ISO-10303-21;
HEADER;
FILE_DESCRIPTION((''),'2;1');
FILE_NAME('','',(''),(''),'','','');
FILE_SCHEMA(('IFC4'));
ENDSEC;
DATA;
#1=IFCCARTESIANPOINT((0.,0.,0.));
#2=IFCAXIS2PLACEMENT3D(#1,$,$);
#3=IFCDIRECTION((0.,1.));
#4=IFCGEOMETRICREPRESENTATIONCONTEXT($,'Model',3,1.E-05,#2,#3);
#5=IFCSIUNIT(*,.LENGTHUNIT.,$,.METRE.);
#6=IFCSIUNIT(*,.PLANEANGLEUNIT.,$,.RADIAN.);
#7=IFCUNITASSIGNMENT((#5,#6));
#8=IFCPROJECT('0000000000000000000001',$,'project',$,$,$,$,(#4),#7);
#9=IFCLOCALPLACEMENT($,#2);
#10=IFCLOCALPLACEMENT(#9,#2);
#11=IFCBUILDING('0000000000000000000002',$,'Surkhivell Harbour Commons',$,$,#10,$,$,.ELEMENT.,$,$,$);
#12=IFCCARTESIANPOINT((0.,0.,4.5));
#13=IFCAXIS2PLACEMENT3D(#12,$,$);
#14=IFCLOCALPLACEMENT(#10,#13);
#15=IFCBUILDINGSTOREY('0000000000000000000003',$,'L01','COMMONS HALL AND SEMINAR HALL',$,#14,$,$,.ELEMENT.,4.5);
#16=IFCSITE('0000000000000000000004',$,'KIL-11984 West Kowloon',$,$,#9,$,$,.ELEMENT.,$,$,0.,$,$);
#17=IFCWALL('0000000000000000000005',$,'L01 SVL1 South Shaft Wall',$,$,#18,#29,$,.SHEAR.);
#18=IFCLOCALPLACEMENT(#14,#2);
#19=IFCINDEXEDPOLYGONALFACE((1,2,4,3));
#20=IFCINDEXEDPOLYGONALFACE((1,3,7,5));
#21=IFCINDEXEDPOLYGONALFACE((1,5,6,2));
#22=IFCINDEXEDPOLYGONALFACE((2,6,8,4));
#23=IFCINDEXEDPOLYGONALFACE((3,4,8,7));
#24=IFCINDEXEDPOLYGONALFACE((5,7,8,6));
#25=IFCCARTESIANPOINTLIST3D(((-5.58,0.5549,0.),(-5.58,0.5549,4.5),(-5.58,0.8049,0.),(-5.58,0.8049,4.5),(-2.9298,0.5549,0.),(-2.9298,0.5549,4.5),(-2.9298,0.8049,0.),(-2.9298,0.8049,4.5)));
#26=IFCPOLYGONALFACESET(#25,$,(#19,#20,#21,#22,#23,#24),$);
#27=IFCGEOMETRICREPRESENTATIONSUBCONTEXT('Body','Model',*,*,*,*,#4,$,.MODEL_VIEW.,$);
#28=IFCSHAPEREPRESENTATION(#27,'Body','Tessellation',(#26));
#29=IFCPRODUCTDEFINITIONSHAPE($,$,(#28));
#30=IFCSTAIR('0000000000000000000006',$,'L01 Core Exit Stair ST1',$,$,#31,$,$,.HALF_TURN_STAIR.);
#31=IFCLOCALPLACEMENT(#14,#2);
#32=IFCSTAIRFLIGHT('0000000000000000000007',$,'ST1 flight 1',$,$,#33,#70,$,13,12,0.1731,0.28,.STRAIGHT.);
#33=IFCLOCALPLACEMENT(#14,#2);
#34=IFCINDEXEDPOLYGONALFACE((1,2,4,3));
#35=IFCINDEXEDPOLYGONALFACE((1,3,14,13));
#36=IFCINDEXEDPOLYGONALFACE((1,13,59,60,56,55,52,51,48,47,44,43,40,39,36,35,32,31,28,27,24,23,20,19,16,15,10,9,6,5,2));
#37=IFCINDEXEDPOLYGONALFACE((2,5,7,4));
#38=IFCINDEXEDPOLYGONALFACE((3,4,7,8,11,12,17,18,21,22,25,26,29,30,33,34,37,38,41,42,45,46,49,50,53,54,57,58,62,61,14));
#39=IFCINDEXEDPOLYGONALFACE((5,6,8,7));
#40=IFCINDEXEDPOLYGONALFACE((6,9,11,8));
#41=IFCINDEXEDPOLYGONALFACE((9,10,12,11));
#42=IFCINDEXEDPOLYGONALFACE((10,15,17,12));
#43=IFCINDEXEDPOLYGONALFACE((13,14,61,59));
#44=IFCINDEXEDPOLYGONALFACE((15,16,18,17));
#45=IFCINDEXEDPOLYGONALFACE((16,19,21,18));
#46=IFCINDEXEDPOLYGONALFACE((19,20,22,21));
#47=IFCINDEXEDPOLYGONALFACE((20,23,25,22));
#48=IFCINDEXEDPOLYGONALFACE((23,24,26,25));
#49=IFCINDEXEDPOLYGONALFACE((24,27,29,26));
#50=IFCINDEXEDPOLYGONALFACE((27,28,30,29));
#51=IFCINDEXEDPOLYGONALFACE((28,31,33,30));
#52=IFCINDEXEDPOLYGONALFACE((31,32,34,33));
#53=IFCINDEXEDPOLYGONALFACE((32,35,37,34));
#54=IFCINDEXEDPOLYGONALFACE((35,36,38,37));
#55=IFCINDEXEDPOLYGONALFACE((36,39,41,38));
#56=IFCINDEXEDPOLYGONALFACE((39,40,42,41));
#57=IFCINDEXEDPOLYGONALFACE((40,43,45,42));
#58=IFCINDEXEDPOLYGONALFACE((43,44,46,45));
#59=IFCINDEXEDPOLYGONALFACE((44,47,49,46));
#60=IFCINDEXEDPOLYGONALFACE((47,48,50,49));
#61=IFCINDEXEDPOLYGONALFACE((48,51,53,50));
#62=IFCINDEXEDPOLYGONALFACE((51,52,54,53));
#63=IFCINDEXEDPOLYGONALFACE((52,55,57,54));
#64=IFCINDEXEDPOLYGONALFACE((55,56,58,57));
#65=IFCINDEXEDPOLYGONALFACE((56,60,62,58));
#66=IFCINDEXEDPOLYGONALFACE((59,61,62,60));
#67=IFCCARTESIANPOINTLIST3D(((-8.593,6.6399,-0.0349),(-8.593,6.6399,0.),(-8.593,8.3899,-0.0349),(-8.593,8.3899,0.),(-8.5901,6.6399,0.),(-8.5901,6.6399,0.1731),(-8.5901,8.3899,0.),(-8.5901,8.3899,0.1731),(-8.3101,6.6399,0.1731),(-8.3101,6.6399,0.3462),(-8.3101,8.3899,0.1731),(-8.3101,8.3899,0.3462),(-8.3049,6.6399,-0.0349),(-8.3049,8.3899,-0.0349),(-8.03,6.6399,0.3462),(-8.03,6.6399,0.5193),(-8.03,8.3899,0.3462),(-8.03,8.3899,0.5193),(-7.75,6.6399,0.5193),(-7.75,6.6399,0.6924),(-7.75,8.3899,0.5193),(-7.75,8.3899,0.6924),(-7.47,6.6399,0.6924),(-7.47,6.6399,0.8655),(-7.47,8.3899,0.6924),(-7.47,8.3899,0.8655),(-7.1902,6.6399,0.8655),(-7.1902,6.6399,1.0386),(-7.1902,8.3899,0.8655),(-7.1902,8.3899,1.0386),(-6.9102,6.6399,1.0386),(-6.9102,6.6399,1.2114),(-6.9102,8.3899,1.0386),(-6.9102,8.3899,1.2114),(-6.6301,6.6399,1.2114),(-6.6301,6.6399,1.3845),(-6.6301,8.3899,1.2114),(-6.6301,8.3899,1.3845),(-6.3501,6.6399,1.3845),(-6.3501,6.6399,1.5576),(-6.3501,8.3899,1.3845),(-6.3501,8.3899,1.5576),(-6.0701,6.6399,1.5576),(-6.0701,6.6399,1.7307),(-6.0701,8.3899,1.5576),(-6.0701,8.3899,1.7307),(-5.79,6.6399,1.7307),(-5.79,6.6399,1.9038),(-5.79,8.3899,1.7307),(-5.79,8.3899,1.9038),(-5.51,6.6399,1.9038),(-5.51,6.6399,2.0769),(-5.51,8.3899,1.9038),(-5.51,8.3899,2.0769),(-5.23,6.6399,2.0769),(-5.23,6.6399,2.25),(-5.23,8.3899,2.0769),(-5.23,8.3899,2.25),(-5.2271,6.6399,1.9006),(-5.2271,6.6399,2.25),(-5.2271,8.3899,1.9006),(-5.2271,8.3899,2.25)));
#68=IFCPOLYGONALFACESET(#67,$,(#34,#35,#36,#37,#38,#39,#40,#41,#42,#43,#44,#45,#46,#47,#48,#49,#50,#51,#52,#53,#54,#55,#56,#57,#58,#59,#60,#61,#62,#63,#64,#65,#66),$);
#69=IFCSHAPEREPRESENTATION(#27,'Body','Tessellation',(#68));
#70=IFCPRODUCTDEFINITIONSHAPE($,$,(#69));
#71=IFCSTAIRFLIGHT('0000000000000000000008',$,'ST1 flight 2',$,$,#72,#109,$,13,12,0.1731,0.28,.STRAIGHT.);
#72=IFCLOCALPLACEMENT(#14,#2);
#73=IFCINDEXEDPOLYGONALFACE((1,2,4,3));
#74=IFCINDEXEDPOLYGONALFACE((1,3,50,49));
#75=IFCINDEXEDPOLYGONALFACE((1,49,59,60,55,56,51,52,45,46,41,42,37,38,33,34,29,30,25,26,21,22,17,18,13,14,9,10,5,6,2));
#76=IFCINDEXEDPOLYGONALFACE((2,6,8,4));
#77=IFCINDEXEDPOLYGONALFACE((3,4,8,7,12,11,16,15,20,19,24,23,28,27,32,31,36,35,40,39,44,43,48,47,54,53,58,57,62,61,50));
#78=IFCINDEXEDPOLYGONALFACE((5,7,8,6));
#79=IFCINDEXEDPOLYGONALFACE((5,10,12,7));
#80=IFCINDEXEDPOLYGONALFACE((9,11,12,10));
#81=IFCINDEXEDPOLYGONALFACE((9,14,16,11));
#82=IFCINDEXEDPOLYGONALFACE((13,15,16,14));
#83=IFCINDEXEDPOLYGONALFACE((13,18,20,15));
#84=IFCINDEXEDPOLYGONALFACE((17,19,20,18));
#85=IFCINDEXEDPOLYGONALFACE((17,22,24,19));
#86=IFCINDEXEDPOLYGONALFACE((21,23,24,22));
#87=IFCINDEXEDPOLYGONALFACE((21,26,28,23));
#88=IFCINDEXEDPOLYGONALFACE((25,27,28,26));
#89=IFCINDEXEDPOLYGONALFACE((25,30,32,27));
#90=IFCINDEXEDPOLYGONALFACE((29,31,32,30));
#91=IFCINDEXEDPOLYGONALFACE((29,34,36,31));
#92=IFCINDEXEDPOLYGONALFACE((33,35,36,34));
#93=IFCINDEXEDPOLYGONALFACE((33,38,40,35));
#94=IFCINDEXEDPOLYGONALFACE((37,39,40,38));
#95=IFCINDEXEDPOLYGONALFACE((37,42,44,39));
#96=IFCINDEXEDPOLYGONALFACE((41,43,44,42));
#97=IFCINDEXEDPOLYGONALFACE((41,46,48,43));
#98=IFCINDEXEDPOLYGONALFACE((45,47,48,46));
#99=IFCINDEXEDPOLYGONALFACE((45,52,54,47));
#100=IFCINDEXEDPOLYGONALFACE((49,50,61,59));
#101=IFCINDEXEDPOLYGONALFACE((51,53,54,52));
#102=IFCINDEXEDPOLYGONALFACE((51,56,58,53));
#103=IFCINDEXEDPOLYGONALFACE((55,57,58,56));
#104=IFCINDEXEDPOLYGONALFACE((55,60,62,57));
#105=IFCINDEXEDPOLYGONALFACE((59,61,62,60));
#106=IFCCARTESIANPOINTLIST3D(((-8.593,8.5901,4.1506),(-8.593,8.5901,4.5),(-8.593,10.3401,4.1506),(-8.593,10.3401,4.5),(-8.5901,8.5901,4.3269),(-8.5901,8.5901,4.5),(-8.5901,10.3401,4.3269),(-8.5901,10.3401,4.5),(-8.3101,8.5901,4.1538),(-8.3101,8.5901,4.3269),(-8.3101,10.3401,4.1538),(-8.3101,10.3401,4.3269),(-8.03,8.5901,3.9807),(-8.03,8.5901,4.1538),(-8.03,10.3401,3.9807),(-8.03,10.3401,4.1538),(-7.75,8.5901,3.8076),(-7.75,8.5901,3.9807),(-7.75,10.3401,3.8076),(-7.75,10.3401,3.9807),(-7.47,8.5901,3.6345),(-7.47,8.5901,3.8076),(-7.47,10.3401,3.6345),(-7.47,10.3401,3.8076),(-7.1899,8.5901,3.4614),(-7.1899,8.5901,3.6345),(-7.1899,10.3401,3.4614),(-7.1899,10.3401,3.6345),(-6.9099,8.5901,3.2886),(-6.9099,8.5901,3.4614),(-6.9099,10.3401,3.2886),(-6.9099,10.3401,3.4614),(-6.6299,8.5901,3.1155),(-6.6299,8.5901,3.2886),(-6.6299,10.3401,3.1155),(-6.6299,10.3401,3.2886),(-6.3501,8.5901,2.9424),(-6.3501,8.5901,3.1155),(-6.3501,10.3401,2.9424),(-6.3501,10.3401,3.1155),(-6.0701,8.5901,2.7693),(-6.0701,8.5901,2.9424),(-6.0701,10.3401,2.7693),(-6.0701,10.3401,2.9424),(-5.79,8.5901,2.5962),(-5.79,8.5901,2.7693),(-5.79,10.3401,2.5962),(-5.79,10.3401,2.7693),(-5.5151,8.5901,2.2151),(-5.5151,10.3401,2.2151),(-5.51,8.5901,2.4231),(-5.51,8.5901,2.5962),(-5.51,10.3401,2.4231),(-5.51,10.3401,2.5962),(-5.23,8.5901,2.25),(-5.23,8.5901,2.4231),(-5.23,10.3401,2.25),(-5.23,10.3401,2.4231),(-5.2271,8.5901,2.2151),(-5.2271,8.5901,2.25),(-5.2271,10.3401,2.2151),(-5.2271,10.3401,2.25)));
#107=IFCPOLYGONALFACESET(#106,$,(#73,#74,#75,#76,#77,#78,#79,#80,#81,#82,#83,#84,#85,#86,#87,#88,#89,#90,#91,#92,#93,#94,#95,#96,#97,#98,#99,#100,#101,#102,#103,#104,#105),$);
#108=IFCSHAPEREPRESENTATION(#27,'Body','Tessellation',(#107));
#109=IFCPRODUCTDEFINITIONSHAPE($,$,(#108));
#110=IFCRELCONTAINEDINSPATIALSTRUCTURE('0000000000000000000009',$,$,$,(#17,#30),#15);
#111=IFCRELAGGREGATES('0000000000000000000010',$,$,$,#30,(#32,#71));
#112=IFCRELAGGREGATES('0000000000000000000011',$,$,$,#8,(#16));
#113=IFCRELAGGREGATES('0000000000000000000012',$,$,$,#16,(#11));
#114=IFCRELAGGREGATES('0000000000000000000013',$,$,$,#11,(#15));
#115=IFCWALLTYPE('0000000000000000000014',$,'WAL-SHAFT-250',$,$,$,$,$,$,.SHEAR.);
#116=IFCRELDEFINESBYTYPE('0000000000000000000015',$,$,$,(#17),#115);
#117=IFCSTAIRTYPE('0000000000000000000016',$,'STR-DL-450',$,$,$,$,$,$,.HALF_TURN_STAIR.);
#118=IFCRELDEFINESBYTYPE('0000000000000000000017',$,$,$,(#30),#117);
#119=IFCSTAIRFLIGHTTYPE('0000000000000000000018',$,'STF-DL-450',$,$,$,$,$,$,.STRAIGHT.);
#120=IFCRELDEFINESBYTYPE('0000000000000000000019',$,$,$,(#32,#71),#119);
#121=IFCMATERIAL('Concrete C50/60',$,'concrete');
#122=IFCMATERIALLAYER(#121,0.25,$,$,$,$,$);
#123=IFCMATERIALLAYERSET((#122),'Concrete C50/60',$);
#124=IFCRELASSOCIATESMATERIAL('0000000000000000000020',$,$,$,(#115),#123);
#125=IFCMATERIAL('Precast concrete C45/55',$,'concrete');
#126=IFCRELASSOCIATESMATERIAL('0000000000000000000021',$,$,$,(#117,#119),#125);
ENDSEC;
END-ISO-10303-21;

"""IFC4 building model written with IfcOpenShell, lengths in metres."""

from ifc_helpers import new_model, si_unit, direction, frame, frame_2d, origin, place, context, subcontext, project, spatial, polyline, rectangle, outline, extrude, material, layer, layer_set, type_object, element, aggregate, save


model = new_model("IFC4")

# Units and contexts
model_context = context("Model", 3, precision=1e-05, world=origin(), true_north=direction((0.0, 1.0)))
body_context = subcontext(model_context, "Body", "Model", "MODEL_VIEW")
ifc_project = project(units=[si_unit("LENGTHUNIT", "METRE"), si_unit("PLANEANGLEUNIT", "RADIAN")], contexts=[model_context])

# Site, building, storey
site_placement = place(None, origin())
site = spatial("IfcSite", under=ifc_project, at=site_placement, Name="KIL-11984 West Kowloon", CompositionType="ELEMENT", RefElevation=0.0)
building_placement = place(site_placement, origin())
building = spatial("IfcBuilding", under=site, at=building_placement, Name="Surkhivell Harbour Commons", CompositionType="ELEMENT")
storey_placement = place(building_placement, frame((0.0, 0.0, 4.5)))
storey = spatial("IfcBuildingStorey", under=building, at=storey_placement, Name="L01", Description="COMMONS HALL AND SEMINAR HALL", CompositionType="ELEMENT", Elevation=4.5)

# Shared definitions
ifc_material_1 = material(Name="Concrete C50/60", Category="concrete")

# Shared definitions
ifc_layer_1 = layer(ifc_material_1, 0.25)
ifc_layer_set_1 = layer_set([ifc_layer_1], Name="Concrete C50/60")
wall_type_1 = type_object("IfcWallType", Name="WAL-SHAFT-250", PredefinedType="SHEAR", material=ifc_layer_set_1)

# Wall
wall_1_placement = place(storey_placement, frame((-5.5801, 0.6799, 0.0), z_axis=(0.0, 0.0, 1.0), x_axis=(1.0, 0.0, 0.0)))
element("IfcWall", 1, at=wall_1_placement, inside=storey, type_object=wall_type_1, Name="L01 SVL1 South Shaft Wall", PredefinedType="SHEAR", context=body_context, shape_type="SweptSolid", body=[
    extrude(rectangle(XDim=2.6501, YDim=0.25, at=frame_2d((1.3252, 0.0))), origin(), (0.0, 0.0, 1.0), 4.5),
])

# Stair, stair flights
ifc_material_2 = material(Name="Precast concrete C45/55", Category="concrete")
stair_type = type_object("IfcStairType", Name="STR-DL-450", PredefinedType="HALF_TURN_STAIR", material=ifc_material_2)
stair_placement = place(storey_placement, origin())
stair = element("IfcStair", 2, at=stair_placement, inside=storey, type_object=stair_type, Name="L01 Core Exit Stair ST1", PredefinedType="HALF_TURN_STAIR")
stair_flight_type = type_object("IfcStairFlightType", Name="STF-DL-450", PredefinedType="STRAIGHT", material=ifc_material_2)
stair_flight_1_placement = place(storey_placement, frame((-8.5901, 7.5149, 0.0), z_axis=(0.0, 0.0, 1.0), x_axis=(1.0, 0.0, 0.0)))
stair_flight_1 = element("IfcStairFlight", 3, at=stair_flight_1_placement, type_object=stair_flight_type, Name="ST1 flight 1", NumberOfRisers=13, NumberOfTreads=12, PredefinedType="STRAIGHT", RiserHeight=0.1731, TreadLength=0.28, context=body_context, shape_type="SweptSolid", body=[
    extrude(outline(polyline([(-0.0029, -0.0349), (-0.0029, 0.0), (0.0, 0.0), (0.0, 0.1731), (0.28, 0.1731), (0.28, 0.3462), (0.5601, 0.3462), (0.5601, 0.5193), (0.8401, 0.5193), (0.8401, 0.6924), (1.1201, 0.6924), (1.1201, 0.8655), (1.3999, 0.8655), (1.3999, 1.0386), (1.6799, 1.0386), (1.6799, 1.2114), (1.96, 1.2114), (1.96, 1.3845), (2.24, 1.3845), (2.24, 1.5576), (2.52, 1.5576), (2.52, 1.7307), (2.8, 1.7307), (2.8, 1.9038), (3.0801, 1.9038), (3.0801, 2.0769), (3.3601, 2.0769), (3.3601, 2.25), (3.363, 2.25), (3.363, 1.9006), (0.2852, -0.0349), (-0.0029, -0.0349)])), frame((0.0, 0.875, 0.0), z_axis=(0.0, -1.0, 0.0), x_axis=(1.0, 0.0, 0.0)), (0.0, 0.0, 1.0), 1.75),
])
stair_flight_2_placement = place(storey_placement, frame((-5.23, 9.4651, 2.25), z_axis=(0.0, 0.0, 1.0), x_axis=(-1.0, 0.0, 0.0)))
stair_flight_2 = element("IfcStairFlight", 4, at=stair_flight_2_placement, type_object=stair_flight_type, Name="ST1 flight 2", NumberOfRisers=13, NumberOfTreads=12, PredefinedType="STRAIGHT", RiserHeight=0.1731, TreadLength=0.28, context=body_context, shape_type="SweptSolid", body=[
    extrude(outline(polyline([(-0.0029, -0.0349), (-0.0029, 0.0), (0.0, 0.0), (0.0, 0.1731), (0.28, 0.1731), (0.28, 0.3462), (0.5601, 0.3462), (0.5601, 0.5193), (0.8401, 0.5193), (0.8401, 0.6924), (1.1201, 0.6924), (1.1201, 0.8655), (1.3999, 0.8655), (1.3999, 1.0386), (1.6799, 1.0386), (1.6799, 1.2114), (1.96, 1.2114), (1.96, 1.3845), (2.24, 1.3845), (2.24, 1.5576), (2.52, 1.5576), (2.52, 1.7307), (2.8, 1.7307), (2.8, 1.9038), (3.0801, 1.9038), (3.0801, 2.0769), (3.3601, 2.0769), (3.3601, 2.25), (3.363, 2.25), (3.363, 1.9006), (0.2852, -0.0349), (-0.0029, -0.0349)])), frame((0.0, 0.875, 0.0), z_axis=(0.0, -1.0, 0.0), x_axis=(1.0, 0.0, 0.0)), (0.0, 0.0, 1.0), 1.75),
])
aggregate(stair, [stair_flight_1, stair_flight_2])

save(model, "model.ifc")
